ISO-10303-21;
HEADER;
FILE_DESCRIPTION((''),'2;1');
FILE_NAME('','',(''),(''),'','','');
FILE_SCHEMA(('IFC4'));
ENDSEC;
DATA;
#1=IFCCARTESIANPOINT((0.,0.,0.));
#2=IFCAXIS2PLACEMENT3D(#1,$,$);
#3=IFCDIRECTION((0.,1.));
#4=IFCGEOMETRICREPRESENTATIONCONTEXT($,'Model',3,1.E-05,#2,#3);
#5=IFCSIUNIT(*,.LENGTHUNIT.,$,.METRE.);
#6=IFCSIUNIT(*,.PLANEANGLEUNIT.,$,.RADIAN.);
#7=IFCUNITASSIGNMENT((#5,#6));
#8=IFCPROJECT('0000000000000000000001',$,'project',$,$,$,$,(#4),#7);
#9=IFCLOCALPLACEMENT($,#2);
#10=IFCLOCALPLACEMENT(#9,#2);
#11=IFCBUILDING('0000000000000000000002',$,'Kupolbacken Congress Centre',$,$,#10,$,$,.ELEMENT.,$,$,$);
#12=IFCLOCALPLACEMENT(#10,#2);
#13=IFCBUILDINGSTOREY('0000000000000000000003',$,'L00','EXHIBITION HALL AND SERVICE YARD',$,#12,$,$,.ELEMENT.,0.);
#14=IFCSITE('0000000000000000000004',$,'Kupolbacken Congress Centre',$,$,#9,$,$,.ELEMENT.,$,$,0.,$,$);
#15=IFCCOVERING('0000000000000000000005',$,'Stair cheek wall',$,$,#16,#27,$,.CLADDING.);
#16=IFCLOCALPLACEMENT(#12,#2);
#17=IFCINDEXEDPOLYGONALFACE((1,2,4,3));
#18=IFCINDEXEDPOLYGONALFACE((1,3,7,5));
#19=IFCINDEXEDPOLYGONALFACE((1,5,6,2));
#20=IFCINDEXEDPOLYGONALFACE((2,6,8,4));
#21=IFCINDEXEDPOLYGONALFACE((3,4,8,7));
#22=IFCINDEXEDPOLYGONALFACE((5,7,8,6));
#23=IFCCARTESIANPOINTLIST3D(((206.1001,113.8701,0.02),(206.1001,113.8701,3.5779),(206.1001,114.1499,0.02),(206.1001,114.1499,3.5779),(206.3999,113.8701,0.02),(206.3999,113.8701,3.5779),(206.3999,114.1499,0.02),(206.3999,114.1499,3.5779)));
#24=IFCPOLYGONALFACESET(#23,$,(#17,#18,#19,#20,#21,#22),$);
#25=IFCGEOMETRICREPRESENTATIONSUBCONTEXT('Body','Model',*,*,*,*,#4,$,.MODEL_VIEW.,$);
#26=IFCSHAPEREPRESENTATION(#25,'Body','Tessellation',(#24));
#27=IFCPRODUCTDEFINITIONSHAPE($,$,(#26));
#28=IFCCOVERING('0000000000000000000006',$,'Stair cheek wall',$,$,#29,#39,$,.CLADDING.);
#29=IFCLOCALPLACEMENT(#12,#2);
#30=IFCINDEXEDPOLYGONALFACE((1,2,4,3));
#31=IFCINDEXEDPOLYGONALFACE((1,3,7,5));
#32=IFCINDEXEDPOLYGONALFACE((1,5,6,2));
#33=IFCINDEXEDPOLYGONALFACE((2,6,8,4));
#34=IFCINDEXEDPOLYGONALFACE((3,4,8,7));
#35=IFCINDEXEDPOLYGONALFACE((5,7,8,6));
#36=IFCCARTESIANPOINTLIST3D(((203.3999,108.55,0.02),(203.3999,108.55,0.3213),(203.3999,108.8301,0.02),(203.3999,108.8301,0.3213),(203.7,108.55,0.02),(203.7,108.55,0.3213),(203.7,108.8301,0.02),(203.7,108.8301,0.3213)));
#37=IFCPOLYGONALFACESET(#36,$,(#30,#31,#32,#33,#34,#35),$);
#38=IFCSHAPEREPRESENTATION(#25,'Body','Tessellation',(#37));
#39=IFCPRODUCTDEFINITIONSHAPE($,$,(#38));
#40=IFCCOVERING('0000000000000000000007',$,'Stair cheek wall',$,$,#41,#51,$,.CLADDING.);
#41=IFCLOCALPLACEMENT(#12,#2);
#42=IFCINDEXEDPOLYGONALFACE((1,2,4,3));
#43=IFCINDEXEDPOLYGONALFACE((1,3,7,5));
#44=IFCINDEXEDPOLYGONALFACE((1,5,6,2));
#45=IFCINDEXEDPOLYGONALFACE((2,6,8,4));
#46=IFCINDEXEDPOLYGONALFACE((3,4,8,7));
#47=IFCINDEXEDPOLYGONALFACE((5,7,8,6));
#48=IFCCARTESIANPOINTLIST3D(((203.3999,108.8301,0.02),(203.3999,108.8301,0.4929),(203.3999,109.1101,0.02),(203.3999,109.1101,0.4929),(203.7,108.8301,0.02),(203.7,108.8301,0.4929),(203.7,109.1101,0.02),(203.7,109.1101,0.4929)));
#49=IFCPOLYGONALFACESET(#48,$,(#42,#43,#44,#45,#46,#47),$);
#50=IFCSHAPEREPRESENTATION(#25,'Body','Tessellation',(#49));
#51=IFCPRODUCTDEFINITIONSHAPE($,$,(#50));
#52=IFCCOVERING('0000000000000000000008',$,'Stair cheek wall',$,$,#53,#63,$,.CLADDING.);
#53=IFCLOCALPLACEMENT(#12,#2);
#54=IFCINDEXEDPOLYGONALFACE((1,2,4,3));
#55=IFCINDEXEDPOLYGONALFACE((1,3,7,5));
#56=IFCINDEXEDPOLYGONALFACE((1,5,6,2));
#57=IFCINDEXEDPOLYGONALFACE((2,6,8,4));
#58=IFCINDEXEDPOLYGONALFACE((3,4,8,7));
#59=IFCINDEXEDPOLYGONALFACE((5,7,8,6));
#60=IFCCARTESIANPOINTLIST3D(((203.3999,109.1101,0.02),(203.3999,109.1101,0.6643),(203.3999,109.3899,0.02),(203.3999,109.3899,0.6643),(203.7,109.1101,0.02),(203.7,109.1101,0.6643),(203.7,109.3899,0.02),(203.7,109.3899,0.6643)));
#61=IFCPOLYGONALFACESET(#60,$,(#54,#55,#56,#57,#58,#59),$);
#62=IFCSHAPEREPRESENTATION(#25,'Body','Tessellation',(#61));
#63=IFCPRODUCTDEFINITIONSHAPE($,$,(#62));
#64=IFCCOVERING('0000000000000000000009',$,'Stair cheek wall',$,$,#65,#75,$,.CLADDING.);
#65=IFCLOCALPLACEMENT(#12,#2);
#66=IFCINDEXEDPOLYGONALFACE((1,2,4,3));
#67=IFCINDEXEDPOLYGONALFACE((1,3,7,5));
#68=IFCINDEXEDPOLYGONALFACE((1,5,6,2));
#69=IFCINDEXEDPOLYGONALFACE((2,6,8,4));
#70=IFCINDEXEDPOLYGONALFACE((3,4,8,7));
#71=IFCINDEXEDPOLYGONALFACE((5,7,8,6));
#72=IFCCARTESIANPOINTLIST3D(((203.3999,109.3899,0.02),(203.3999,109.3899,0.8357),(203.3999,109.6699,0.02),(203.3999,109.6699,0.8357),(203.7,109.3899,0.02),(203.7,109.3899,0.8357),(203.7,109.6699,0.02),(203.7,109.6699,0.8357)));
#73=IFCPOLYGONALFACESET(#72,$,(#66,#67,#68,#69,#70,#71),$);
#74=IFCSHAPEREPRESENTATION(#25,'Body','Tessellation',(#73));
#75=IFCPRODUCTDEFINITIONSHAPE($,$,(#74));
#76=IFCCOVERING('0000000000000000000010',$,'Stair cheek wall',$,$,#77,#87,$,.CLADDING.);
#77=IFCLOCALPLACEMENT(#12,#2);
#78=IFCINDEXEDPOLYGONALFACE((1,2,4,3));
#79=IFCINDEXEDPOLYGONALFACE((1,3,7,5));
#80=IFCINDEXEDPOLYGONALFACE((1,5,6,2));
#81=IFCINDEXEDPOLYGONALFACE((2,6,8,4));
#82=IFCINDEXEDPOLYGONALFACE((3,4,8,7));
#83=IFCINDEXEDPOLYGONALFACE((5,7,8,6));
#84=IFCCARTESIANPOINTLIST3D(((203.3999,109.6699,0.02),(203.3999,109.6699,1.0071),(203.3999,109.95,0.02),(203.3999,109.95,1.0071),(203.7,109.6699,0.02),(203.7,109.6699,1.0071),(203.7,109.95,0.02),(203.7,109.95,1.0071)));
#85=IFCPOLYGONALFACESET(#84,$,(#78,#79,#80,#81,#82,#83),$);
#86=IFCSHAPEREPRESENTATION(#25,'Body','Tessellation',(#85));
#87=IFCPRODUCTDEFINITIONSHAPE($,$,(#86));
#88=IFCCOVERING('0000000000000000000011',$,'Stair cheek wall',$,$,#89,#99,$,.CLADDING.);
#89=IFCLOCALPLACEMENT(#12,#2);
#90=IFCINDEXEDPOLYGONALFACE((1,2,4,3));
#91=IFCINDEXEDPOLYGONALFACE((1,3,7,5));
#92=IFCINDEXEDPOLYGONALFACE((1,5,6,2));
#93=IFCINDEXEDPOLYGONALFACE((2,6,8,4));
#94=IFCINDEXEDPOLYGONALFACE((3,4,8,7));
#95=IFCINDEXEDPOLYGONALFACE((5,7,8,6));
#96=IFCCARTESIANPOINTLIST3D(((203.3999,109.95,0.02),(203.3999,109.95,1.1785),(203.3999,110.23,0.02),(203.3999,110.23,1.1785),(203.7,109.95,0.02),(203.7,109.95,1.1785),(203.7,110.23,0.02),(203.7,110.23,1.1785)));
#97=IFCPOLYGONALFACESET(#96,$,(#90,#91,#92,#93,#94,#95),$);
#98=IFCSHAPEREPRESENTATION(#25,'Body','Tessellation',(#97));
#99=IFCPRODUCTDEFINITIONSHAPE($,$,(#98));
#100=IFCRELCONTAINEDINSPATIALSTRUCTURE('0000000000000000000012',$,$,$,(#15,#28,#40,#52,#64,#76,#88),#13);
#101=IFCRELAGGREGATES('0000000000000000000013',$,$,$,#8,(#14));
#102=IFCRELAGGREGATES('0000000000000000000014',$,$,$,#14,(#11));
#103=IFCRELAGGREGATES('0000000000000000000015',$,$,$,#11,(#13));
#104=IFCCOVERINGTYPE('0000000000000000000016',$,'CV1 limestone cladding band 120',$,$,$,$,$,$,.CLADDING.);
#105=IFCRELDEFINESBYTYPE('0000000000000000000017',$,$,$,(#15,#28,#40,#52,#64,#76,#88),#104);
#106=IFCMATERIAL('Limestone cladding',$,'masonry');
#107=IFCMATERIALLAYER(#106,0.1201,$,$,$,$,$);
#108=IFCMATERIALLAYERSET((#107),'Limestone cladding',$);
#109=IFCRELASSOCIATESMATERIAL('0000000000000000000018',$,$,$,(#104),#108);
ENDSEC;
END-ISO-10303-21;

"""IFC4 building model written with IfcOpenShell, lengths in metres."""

from ifc_helpers import new_model, si_unit, direction, frame, origin, place, context, subcontext, project, spatial, polyline, outline, extrude, material, layer, layer_set, type_object, element, save


model = new_model("IFC4")

# Units and contexts
model_context = context("Model", 3, precision=1e-05, world=origin(), true_north=direction((0.0, 1.0)))
body_context = subcontext(model_context, "Body", "Model", "MODEL_VIEW")
ifc_project = project(units=[si_unit("LENGTHUNIT", "METRE"), si_unit("PLANEANGLEUNIT", "RADIAN")], contexts=[model_context])

# Site, building, storey
site_placement = place(None, origin())
site = spatial("IfcSite", under=ifc_project, at=site_placement, Name="Kupolbacken Congress Centre", CompositionType="ELEMENT", RefElevation=0.0)
building_placement = place(site_placement, origin())
building = spatial("IfcBuilding", under=site, at=building_placement, Name="Kupolbacken Congress Centre", CompositionType="ELEMENT")
storey_placement = place(building_placement, origin())
storey = spatial("IfcBuildingStorey", under=building, at=storey_placement, Name="L00", Description="EXHIBITION HALL AND SERVICE YARD", CompositionType="ELEMENT", Elevation=0.0)

# Coverings
ifc_material = material(Name="Limestone cladding", Category="masonry")
ifc_layer = layer(ifc_material, 0.1201)
ifc_layer_set = layer_set([ifc_layer], Name="Limestone cladding")
covering_type = type_object("IfcCoveringType", Name="CV1 limestone cladding band 120", PredefinedType="CLADDING", material=ifc_layer_set)
covering_1_placement = place(storey_placement, frame((0.0, 0.0, 0.02)))
element("IfcCovering", 1, at=covering_1_placement, inside=storey, type_object=covering_type, Name="Stair cheek wall", PredefinedType="CLADDING", context=body_context, shape_type="SweptSolid", body=[
    extrude(outline(polyline([(206.1001, 113.8701), (206.1001, 114.1499), (206.3999, 114.1499), (206.3999, 113.8701), (206.1001, 113.8701)])), origin(), (0.0, 0.0, 1.0), 3.5579),
])
covering_2_placement = place(storey_placement, frame((0.0, 0.0, 0.02)))
element("IfcCovering", 2, at=covering_2_placement, inside=storey, type_object=covering_type, Name="Stair cheek wall", PredefinedType="CLADDING", context=body_context, shape_type="SweptSolid", body=[
    extrude(outline(polyline([(203.7, 108.55), (203.7, 108.8301), (203.3999, 108.8301), (203.3999, 108.55), (203.7, 108.55)])), origin(), (0.0, 0.0, 1.0), 0.3013),
])
covering_3_placement = place(storey_placement, frame((0.0, 0.0, 0.02)))
element("IfcCovering", 3, at=covering_3_placement, inside=storey, type_object=covering_type, Name="Stair cheek wall", PredefinedType="CLADDING", context=body_context, shape_type="SweptSolid", body=[
    extrude(outline(polyline([(203.7, 108.8301), (203.7, 109.1101), (203.3999, 109.1101), (203.3999, 108.8301), (203.7, 108.8301)])), origin(), (0.0, 0.0, 1.0), 0.4729),
])
covering_4_placement = place(storey_placement, frame((0.0, 0.0, 0.02)))
element("IfcCovering", 4, at=covering_4_placement, inside=storey, type_object=covering_type, Name="Stair cheek wall", PredefinedType="CLADDING", context=body_context, shape_type="SweptSolid", body=[
    extrude(outline(polyline([(203.7, 109.1101), (203.7, 109.3899), (203.3999, 109.3899), (203.3999, 109.1101), (203.7, 109.1101)])), origin(), (0.0, 0.0, 1.0), 0.6443),
])
covering_5_placement = place(storey_placement, frame((0.0, 0.0, 0.02)))
element("IfcCovering", 5, at=covering_5_placement, inside=storey, type_object=covering_type, Name="Stair cheek wall", PredefinedType="CLADDING", context=body_context, shape_type="SweptSolid", body=[
    extrude(outline(polyline([(203.7, 109.3899), (203.7, 109.6699), (203.3999, 109.6699), (203.3999, 109.3899), (203.7, 109.3899)])), origin(), (0.0, 0.0, 1.0), 0.8157),
])
covering_6_placement = place(storey_placement, frame((0.0, 0.0, 0.02)))
element("IfcCovering", 6, at=covering_6_placement, inside=storey, type_object=covering_type, Name="Stair cheek wall", PredefinedType="CLADDING", context=body_context, shape_type="SweptSolid", body=[
    extrude(outline(polyline([(203.7, 109.6699), (203.7, 109.95), (203.3999, 109.95), (203.3999, 109.6699), (203.7, 109.6699)])), origin(), (0.0, 0.0, 1.0), 0.9871),
])
covering_7_placement = place(storey_placement, frame((0.0, 0.0, 0.02)))
element("IfcCovering", 7, at=covering_7_placement, inside=storey, type_object=covering_type, Name="Stair cheek wall", PredefinedType="CLADDING", context=body_context, shape_type="SweptSolid", body=[
    extrude(outline(polyline([(203.7, 109.95), (203.7, 110.23), (203.3999, 110.23), (203.3999, 109.95), (203.7, 109.95)])), origin(), (0.0, 0.0, 1.0), 1.1584),
])

save(model, "model.ifc")
